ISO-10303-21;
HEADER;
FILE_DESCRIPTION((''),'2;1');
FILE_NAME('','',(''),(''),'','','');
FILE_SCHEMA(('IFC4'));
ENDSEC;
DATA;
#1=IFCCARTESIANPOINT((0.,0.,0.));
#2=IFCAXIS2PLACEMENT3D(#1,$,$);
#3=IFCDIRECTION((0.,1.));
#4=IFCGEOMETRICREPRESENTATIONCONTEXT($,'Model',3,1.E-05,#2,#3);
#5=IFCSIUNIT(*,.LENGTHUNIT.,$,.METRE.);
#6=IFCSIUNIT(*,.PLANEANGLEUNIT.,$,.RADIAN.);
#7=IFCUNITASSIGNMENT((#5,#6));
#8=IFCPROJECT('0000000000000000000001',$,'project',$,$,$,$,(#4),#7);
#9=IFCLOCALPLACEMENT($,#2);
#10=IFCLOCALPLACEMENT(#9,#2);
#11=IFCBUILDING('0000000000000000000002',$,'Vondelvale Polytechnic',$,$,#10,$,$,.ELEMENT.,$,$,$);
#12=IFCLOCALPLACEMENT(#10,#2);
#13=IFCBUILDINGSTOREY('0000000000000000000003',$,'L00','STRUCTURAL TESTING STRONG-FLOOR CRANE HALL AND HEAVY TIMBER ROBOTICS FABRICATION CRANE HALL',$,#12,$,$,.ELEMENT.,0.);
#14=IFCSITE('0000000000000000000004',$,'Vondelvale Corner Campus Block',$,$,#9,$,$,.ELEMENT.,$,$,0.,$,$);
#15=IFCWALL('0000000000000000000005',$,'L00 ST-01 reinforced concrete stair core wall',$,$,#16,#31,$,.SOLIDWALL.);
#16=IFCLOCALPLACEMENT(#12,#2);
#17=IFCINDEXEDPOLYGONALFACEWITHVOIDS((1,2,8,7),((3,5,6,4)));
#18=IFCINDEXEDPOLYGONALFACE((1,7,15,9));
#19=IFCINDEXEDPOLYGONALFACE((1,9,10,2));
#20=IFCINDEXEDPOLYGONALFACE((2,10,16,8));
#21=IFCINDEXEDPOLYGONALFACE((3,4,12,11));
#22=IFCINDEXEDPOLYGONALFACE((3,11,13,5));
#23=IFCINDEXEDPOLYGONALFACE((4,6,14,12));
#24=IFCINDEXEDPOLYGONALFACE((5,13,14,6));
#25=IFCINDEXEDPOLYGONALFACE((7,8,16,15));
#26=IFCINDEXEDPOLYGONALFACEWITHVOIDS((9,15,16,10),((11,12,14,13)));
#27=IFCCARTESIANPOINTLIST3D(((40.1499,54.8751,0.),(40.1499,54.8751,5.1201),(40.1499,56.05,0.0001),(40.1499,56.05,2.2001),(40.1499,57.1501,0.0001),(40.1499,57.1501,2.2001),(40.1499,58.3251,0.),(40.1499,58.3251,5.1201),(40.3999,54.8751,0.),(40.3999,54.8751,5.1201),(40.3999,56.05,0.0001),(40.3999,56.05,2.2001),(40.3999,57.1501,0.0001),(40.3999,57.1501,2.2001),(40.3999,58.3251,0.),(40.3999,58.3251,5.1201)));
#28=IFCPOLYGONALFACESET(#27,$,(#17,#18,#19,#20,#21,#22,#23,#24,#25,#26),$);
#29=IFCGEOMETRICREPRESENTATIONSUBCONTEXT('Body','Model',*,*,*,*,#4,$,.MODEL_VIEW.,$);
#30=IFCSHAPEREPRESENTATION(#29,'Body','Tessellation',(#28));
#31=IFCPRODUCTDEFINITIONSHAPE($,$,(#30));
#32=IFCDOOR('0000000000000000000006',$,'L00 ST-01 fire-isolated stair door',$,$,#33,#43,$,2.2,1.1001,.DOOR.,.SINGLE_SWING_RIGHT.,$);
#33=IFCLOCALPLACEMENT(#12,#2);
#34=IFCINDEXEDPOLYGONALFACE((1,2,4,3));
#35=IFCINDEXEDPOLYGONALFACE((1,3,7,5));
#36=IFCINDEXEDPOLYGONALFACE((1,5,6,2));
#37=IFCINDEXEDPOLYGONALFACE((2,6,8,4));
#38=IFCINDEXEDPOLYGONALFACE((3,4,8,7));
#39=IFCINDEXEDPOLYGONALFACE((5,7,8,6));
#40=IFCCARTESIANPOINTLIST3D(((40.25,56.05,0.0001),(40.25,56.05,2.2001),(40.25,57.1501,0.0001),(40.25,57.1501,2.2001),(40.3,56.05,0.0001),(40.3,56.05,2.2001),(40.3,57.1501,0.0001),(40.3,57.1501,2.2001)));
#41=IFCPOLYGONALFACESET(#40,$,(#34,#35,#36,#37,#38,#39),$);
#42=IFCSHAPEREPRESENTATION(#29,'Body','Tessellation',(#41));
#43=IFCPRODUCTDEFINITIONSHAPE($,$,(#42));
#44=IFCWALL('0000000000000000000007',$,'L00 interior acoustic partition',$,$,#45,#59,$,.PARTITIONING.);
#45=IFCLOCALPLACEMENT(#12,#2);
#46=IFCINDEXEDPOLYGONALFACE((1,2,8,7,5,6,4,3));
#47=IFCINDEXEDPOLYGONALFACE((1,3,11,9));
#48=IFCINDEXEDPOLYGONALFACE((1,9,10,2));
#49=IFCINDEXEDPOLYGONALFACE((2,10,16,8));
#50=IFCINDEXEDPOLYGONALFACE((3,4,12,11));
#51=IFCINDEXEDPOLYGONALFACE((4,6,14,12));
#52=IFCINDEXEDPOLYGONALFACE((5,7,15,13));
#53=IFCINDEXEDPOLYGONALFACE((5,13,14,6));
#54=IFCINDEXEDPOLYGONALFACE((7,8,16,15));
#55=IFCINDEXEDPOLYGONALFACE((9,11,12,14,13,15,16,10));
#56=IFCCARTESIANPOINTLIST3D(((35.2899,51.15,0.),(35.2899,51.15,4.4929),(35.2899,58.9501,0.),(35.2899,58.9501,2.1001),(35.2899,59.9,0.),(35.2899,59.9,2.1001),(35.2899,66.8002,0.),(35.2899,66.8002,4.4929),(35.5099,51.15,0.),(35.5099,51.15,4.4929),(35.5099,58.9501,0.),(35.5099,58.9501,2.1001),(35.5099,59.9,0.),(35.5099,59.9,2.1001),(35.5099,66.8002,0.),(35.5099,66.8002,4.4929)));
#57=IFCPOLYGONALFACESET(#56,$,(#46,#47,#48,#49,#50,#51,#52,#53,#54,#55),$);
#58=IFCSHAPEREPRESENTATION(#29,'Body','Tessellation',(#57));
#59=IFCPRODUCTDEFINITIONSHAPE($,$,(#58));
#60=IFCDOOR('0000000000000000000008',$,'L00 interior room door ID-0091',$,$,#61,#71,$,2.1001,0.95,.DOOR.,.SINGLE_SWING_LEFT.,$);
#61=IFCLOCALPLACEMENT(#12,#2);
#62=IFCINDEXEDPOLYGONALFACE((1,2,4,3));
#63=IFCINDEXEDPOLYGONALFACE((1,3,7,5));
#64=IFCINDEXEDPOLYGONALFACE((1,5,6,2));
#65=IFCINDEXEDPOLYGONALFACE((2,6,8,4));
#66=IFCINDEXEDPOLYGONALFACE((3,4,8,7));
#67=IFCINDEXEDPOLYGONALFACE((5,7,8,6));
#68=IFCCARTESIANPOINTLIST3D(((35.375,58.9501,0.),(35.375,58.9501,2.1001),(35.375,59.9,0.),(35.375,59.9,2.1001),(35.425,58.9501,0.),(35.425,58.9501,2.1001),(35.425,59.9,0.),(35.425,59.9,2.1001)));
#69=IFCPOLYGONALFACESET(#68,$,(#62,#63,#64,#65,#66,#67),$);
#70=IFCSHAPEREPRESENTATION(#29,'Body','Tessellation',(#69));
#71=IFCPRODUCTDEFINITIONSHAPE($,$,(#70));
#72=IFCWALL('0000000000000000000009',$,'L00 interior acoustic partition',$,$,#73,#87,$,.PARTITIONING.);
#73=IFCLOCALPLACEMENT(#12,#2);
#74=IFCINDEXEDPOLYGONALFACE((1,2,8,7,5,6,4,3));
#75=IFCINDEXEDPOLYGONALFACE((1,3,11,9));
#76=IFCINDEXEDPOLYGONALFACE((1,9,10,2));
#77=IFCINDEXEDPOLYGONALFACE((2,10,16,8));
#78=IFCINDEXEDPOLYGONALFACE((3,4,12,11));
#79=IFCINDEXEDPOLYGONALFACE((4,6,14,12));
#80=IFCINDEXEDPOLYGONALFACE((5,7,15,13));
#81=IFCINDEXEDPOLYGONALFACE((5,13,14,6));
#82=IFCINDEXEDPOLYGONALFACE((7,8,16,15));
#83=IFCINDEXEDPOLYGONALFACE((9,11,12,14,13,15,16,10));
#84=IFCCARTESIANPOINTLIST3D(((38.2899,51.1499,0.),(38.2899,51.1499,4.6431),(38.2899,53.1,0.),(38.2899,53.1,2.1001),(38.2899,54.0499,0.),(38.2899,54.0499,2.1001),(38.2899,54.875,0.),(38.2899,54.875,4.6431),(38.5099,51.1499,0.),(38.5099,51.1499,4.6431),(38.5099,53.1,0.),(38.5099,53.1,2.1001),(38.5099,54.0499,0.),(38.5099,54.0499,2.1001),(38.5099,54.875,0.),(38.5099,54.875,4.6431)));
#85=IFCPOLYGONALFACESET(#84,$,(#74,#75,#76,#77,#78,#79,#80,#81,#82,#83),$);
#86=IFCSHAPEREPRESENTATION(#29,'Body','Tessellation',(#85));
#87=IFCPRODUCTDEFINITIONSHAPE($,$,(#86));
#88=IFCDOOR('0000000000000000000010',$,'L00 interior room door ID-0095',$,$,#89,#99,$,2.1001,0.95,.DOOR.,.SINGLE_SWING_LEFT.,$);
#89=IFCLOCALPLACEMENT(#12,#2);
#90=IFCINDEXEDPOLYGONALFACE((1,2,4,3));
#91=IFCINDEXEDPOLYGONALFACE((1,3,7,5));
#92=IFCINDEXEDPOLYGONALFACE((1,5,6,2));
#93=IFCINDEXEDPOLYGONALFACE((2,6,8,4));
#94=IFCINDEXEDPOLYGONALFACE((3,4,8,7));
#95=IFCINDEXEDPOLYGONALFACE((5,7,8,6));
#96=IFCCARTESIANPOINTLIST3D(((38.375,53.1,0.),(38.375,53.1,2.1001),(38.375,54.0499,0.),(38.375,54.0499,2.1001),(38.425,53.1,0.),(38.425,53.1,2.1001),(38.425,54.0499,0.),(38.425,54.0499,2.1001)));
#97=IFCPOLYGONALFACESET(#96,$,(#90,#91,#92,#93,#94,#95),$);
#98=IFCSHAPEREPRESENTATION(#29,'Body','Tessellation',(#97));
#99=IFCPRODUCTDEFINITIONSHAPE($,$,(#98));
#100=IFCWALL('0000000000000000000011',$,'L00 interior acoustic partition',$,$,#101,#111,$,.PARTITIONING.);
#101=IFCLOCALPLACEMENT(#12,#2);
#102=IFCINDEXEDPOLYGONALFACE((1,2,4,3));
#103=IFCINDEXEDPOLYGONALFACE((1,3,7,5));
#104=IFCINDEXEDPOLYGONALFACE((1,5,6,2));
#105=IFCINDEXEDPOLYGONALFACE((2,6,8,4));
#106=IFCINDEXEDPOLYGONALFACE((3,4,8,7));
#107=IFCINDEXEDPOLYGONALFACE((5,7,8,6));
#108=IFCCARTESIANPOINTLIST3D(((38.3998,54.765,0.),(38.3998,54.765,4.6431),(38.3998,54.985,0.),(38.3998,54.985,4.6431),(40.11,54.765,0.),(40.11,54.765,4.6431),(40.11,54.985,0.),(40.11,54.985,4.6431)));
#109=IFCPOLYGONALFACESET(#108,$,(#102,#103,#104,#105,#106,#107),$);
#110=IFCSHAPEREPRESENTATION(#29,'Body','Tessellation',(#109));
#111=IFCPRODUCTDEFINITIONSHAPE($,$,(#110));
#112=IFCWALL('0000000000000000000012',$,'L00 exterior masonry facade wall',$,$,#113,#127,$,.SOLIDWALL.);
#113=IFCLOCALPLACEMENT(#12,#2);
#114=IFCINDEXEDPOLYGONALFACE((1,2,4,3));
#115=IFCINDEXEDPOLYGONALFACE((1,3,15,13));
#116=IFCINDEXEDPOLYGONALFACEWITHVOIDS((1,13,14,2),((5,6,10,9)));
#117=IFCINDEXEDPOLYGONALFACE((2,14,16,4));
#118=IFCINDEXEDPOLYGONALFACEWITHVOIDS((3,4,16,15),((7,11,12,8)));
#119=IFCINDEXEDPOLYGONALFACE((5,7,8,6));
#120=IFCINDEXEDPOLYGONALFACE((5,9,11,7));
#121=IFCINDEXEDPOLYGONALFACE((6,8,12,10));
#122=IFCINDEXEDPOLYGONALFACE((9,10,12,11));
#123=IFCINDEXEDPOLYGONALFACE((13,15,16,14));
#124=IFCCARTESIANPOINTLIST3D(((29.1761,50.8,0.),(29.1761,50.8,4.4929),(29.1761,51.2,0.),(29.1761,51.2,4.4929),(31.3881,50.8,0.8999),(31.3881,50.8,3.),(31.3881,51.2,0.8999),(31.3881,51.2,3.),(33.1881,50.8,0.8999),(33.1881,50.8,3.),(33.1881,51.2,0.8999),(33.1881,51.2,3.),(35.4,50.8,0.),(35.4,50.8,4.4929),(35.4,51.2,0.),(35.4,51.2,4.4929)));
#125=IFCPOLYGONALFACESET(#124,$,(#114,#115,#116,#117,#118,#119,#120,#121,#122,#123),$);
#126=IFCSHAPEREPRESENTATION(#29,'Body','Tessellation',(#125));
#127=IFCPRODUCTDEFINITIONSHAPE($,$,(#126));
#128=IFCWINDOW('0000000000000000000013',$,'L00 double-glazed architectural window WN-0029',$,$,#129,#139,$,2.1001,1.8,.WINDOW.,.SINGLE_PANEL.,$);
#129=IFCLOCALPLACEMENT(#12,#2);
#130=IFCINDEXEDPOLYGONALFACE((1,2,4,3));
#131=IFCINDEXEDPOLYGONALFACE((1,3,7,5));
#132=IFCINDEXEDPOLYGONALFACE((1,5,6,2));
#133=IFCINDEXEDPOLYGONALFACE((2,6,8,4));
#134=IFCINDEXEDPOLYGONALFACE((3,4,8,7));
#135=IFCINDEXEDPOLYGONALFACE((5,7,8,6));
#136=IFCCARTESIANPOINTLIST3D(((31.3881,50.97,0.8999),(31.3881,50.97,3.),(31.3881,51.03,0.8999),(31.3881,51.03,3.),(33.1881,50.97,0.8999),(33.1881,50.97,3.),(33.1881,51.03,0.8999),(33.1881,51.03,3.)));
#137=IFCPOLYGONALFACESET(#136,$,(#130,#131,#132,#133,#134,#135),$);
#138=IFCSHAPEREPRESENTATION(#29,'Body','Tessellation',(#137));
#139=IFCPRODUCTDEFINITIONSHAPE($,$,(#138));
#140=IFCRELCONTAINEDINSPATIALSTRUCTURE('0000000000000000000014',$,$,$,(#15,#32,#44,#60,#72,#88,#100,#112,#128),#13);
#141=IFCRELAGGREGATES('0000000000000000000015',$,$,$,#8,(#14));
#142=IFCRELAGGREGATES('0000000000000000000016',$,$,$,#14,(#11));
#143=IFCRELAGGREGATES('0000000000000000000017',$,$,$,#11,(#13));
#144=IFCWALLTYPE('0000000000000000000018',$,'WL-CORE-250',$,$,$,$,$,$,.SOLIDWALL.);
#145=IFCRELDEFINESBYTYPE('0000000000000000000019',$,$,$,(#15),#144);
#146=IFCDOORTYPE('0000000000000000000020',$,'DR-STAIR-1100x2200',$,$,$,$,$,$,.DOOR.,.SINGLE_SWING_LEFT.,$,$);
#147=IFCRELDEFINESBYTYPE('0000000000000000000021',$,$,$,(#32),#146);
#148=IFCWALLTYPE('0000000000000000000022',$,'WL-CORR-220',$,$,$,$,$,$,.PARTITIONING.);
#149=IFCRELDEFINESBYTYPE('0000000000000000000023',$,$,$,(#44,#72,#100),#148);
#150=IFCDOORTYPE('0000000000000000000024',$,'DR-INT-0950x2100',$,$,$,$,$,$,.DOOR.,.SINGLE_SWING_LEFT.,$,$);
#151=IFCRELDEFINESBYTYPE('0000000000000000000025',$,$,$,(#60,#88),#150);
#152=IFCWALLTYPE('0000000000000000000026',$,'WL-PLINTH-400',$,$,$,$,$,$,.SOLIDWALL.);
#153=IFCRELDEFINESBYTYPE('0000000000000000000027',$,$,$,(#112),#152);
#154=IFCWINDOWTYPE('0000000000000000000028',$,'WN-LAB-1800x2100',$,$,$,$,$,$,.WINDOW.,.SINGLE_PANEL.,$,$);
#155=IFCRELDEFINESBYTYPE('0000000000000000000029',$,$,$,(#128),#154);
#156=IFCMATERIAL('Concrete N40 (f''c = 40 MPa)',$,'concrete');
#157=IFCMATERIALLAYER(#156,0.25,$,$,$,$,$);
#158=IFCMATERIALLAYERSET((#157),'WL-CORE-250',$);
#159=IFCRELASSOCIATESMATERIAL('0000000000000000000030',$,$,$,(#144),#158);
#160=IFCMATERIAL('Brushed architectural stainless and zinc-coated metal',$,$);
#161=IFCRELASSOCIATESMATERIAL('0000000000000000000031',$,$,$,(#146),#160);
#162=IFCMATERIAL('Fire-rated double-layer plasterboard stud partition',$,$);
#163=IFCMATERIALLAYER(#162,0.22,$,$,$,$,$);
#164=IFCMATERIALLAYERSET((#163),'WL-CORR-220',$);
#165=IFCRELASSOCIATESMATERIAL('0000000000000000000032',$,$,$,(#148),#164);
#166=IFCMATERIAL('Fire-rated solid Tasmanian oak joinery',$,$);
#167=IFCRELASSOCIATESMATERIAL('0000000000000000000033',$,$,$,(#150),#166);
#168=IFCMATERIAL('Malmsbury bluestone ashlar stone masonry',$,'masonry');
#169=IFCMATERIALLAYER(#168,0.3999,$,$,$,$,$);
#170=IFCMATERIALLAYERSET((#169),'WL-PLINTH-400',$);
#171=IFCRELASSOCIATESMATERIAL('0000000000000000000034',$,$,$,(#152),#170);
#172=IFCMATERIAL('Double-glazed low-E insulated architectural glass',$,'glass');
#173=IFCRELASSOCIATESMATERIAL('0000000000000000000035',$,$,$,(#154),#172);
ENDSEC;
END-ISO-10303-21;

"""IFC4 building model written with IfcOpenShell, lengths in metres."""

from ifc_helpers import new_model, si_unit, direction, frame, frame_2d, origin, place, context, subcontext, project, spatial, rectangle, extrude, material, layer, layer_set, type_object, element, fill, save


model = new_model("IFC4")

# Units and contexts
model_context = context("Model", 3, precision=1e-05, world=origin(), true_north=direction((0.0, 1.0)))
body_context = subcontext(model_context, "Body", "Model", "MODEL_VIEW")
ifc_project = project(units=[si_unit("LENGTHUNIT", "METRE"), si_unit("PLANEANGLEUNIT", "RADIAN")], contexts=[model_context])

# Site, building, storey
site_placement = place(None, origin())
site = spatial("IfcSite", under=ifc_project, at=site_placement, Name="Vondelvale Corner Campus Block", CompositionType="ELEMENT", RefElevation=0.0)
building_placement = place(site_placement, origin())
building = spatial("IfcBuilding", under=site, at=building_placement, Name="Vondelvale Polytechnic", CompositionType="ELEMENT")
storey_placement = place(building_placement, origin())
storey = spatial("IfcBuildingStorey", under=building, at=storey_placement, Name="L00", Description="STRUCTURAL TESTING STRONG-FLOOR CRANE HALL AND HEAVY TIMBER ROBOTICS FABRICATION CRANE HALL", CompositionType="ELEMENT", Elevation=0.0)

# Shared definitions
ifc_material_1 = material(Name="Concrete N40 (f'c = 40 MPa)", Category="concrete")

# Shared definitions
ifc_layer_1 = layer(ifc_material_1, 0.25)
ifc_layer_set_1 = layer_set([ifc_layer_1], Name="WL-CORE-250")
wall_type_1 = type_object("IfcWallType", Name="WL-CORE-250", PredefinedType="SOLIDWALL", material=ifc_layer_set_1)

# Walls, openings, doors
wall_1_placement = place(storey_placement, frame((40.2749, 54.875, 0.0), z_axis=(0.0, 0.0, 1.0), x_axis=(0.0, 1.0, 0.0)))
wall_1 = element("IfcWall", 1, at=wall_1_placement, inside=storey, type_object=wall_type_1, Name="L00 ST-01 reinforced concrete stair core wall", PredefinedType="SOLIDWALL", context=body_context, shape_type="SweptSolid", body=[
    extrude(rectangle(XDim=3.45, YDim=0.25, at=frame_2d((1.7251, 0.0))), origin(), (0.0, 0.0, 1.0), 5.1201),
])
opening_1_placement = place(wall_1_placement, frame((1.175, 0.0, 0.0)))
opening_1 = element("IfcOpeningElement", 2, at=opening_1_placement, cuts=wall_1, PredefinedType="OPENING", context=body_context, shape_type="SweptSolid", body=[
    extrude(rectangle(XDim=1.1001, YDim=2.2, at=frame_2d((0.55, 1.1001))), frame((0.0, 0.135, 0.0), z_axis=(0.0, -1.0, 0.0), x_axis=(1.0, 0.0, 0.0)), (0.0, 0.0, 1.0), 0.27),
])
ifc_material_2 = material(Name="Brushed architectural stainless and zinc-coated metal")
door_type_1 = type_object("IfcDoorType", Name="DR-STAIR-1100x2200", OperationType="SINGLE_SWING_LEFT", PredefinedType="DOOR", material=ifc_material_2)
door_1_placement = place(opening_1_placement, origin())
door_1 = element("IfcDoor", 3, at=door_1_placement, inside=storey, type_object=door_type_1, Name="L00 ST-01 fire-isolated stair door", OperationType="SINGLE_SWING_RIGHT", OverallHeight=2.2, OverallWidth=1.1001, PredefinedType="DOOR", context=body_context, shape_type="SweptSolid", body=[
    extrude(rectangle(XDim=1.1001, YDim=2.2, at=frame_2d((0.55, 1.1001))), frame((0.0, 0.0249, 0.0), z_axis=(0.0, -1.0, 0.0), x_axis=(1.0, 0.0, 0.0)), (0.0, 0.0, 1.0), 0.05),
])
fill(opening_1, door_1)
ifc_material_3 = material(Name="Fire-rated double-layer plasterboard stud partition")
ifc_layer_2 = layer(ifc_material_3, 0.22)
ifc_layer_set_2 = layer_set([ifc_layer_2], Name="WL-CORR-220")
wall_type_2 = type_object("IfcWallType", Name="WL-CORR-220", PredefinedType="PARTITIONING", material=ifc_layer_set_2)
wall_2_placement = place(storey_placement, frame((35.3999, 51.1499, 0.0), z_axis=(0.0, 0.0, 1.0), x_axis=(0.0, 1.0, 0.0)))
wall_2 = element("IfcWall", 4, at=wall_2_placement, inside=storey, type_object=wall_type_2, Name="L00 interior acoustic partition", PredefinedType="PARTITIONING", context=body_context, shape_type="SweptSolid", body=[
    extrude(rectangle(XDim=15.6501, YDim=0.22, at=frame_2d((7.8252, 0.0))), origin(), (0.0, 0.0, 1.0), 4.4929),
])
opening_2_placement = place(wall_2_placement, frame((7.8, 0.0, 0.0)))
opening_2 = element("IfcOpeningElement", 5, at=opening_2_placement, cuts=wall_2, PredefinedType="OPENING", context=body_context, shape_type="SweptSolid", body=[
    extrude(rectangle(XDim=0.95, YDim=2.1001, at=frame_2d((0.4751, 1.05))), frame((0.0, 0.1199, 0.0), z_axis=(0.0, -1.0, 0.0), x_axis=(1.0, 0.0, 0.0)), (0.0, 0.0, 1.0), 0.24),
])
ifc_material_4 = material(Name="Fire-rated solid Tasmanian oak joinery")
door_type_2 = type_object("IfcDoorType", Name="DR-INT-0950x2100", OperationType="SINGLE_SWING_LEFT", PredefinedType="DOOR", material=ifc_material_4)
door_2_placement = place(opening_2_placement, origin())
door_2 = element("IfcDoor", 6, at=door_2_placement, inside=storey, type_object=door_type_2, Name="L00 interior room door ID-0091", OperationType="SINGLE_SWING_LEFT", OverallHeight=2.1001, OverallWidth=0.95, PredefinedType="DOOR", context=body_context, shape_type="SweptSolid", body=[
    extrude(rectangle(XDim=0.95, YDim=2.1001, at=frame_2d((0.4751, 1.05))), frame((0.0, 0.0249, 0.0), z_axis=(0.0, -1.0, 0.0), x_axis=(1.0, 0.0, 0.0)), (0.0, 0.0, 1.0), 0.05),
])
fill(opening_2, door_2)
wall_3_placement = place(storey_placement, frame((38.3999, 51.1499, 0.0), z_axis=(0.0, 0.0, 1.0), x_axis=(0.0, 1.0, 0.0)))
wall_3 = element("IfcWall", 7, at=wall_3_placement, inside=storey, type_object=wall_type_2, Name="L00 interior acoustic partition", PredefinedType="PARTITIONING", context=body_context, shape_type="SweptSolid", body=[
    extrude(rectangle(XDim=3.7251, YDim=0.22, at=frame_2d((1.8625, 0.0))), origin(), (0.0, 0.0, 1.0), 4.6431),
])
opening_3_placement = place(wall_3_placement, frame((1.95, 0.0, 0.0)))
opening_3 = element("IfcOpeningElement", 8, at=opening_3_placement, cuts=wall_3, PredefinedType="OPENING", context=body_context, shape_type="SweptSolid", body=[
    extrude(rectangle(XDim=0.95, YDim=2.1001, at=frame_2d((0.4751, 1.05))), frame((0.0, 0.1199, 0.0), z_axis=(0.0, -1.0, 0.0), x_axis=(1.0, 0.0, 0.0)), (0.0, 0.0, 1.0), 0.24),
])
door_3_placement = place(opening_3_placement, origin())
door_3 = element("IfcDoor", 9, at=door_3_placement, inside=storey, type_object=door_type_2, Name="L00 interior room door ID-0095", OperationType="SINGLE_SWING_LEFT", OverallHeight=2.1001, OverallWidth=0.95, PredefinedType="DOOR", context=body_context, shape_type="SweptSolid", body=[
    extrude(rectangle(XDim=0.95, YDim=2.1001, at=frame_2d((0.4751, 1.05))), frame((0.0, 0.0249, 0.0), z_axis=(0.0, -1.0, 0.0), x_axis=(1.0, 0.0, 0.0)), (0.0, 0.0, 1.0), 0.05),
])
fill(opening_3, door_3)

# Wall
wall_4_placement = place(storey_placement, frame((38.3999, 54.875, 0.0), z_axis=(0.0, 0.0, 1.0), x_axis=(1.0, 0.0, 0.0)))
element("IfcWall", 10, at=wall_4_placement, inside=storey, type_object=wall_type_2, Name="L00 interior acoustic partition", PredefinedType="PARTITIONING", context=body_context, shape_type="SweptSolid", body=[
    extrude(rectangle(XDim=1.7102, YDim=0.22, at=frame_2d((0.855, 0.0))), origin(), (0.0, 0.0, 1.0), 4.6431),
])

# Wall, opening, window
ifc_material_5 = material(Name="Malmsbury bluestone ashlar stone masonry", Category="masonry")
ifc_layer_3 = layer(ifc_material_5, 0.3999)
ifc_layer_set_3 = layer_set([ifc_layer_3], Name="WL-PLINTH-400")
wall_type_3 = type_object("IfcWallType", Name="WL-PLINTH-400", PredefinedType="SOLIDWALL", material=ifc_layer_set_3)
wall_5_placement = place(storey_placement, frame((35.3999, 51.0, 0.0), z_axis=(0.0, 0.0, 1.0), x_axis=(-1.0, 0.0, 0.0)))
wall_5 = element("IfcWall", 11, at=wall_5_placement, inside=storey, type_object=wall_type_3, Name="L00 exterior masonry facade wall", PredefinedType="SOLIDWALL", context=body_context, shape_type="SweptSolid", body=[
    extrude(rectangle(XDim=6.2239, YDim=0.3999, at=frame_2d((3.1118, 0.0))), origin(), (0.0, 0.0, 1.0), 4.4929),
])
opening_4_placement = place(wall_5_placement, frame((2.2119, 0.0, 0.8999)))
opening_4 = element("IfcOpeningElement", 12, at=opening_4_placement, cuts=wall_5, PredefinedType="OPENING", context=body_context, shape_type="SweptSolid", body=[
    extrude(rectangle(XDim=1.8, YDim=2.1001, at=frame_2d((0.8999, 1.05))), frame((0.0, 0.21, 0.0), z_axis=(0.0, -1.0, 0.0), x_axis=(1.0, 0.0, 0.0)), (0.0, 0.0, 1.0), 0.4199),
])
ifc_material_6 = material(Name="Double-glazed low-E insulated architectural glass", Category="glass")
window_type = type_object("IfcWindowType", Name="WN-LAB-1800x2100", PartitioningType="SINGLE_PANEL", PredefinedType="WINDOW", material=ifc_material_6)
window_placement = place(opening_4_placement, origin())
window = element("IfcWindow", 13, at=window_placement, inside=storey, type_object=window_type, Name="L00 double-glazed architectural window WN-0029", OverallHeight=2.1001, OverallWidth=1.8, PartitioningType="SINGLE_PANEL", PredefinedType="WINDOW", context=body_context, shape_type="SweptSolid", body=[
    extrude(rectangle(XDim=1.8, YDim=2.1001, at=frame_2d((0.8999, 1.05))), frame((0.0, 0.03, 0.0), z_axis=(0.0, -1.0, 0.0), x_axis=(1.0, 0.0, 0.0)), (0.0, 0.0, 1.0), 0.0601),
])
fill(opening_4, window)

save(model, "model.ifc")
